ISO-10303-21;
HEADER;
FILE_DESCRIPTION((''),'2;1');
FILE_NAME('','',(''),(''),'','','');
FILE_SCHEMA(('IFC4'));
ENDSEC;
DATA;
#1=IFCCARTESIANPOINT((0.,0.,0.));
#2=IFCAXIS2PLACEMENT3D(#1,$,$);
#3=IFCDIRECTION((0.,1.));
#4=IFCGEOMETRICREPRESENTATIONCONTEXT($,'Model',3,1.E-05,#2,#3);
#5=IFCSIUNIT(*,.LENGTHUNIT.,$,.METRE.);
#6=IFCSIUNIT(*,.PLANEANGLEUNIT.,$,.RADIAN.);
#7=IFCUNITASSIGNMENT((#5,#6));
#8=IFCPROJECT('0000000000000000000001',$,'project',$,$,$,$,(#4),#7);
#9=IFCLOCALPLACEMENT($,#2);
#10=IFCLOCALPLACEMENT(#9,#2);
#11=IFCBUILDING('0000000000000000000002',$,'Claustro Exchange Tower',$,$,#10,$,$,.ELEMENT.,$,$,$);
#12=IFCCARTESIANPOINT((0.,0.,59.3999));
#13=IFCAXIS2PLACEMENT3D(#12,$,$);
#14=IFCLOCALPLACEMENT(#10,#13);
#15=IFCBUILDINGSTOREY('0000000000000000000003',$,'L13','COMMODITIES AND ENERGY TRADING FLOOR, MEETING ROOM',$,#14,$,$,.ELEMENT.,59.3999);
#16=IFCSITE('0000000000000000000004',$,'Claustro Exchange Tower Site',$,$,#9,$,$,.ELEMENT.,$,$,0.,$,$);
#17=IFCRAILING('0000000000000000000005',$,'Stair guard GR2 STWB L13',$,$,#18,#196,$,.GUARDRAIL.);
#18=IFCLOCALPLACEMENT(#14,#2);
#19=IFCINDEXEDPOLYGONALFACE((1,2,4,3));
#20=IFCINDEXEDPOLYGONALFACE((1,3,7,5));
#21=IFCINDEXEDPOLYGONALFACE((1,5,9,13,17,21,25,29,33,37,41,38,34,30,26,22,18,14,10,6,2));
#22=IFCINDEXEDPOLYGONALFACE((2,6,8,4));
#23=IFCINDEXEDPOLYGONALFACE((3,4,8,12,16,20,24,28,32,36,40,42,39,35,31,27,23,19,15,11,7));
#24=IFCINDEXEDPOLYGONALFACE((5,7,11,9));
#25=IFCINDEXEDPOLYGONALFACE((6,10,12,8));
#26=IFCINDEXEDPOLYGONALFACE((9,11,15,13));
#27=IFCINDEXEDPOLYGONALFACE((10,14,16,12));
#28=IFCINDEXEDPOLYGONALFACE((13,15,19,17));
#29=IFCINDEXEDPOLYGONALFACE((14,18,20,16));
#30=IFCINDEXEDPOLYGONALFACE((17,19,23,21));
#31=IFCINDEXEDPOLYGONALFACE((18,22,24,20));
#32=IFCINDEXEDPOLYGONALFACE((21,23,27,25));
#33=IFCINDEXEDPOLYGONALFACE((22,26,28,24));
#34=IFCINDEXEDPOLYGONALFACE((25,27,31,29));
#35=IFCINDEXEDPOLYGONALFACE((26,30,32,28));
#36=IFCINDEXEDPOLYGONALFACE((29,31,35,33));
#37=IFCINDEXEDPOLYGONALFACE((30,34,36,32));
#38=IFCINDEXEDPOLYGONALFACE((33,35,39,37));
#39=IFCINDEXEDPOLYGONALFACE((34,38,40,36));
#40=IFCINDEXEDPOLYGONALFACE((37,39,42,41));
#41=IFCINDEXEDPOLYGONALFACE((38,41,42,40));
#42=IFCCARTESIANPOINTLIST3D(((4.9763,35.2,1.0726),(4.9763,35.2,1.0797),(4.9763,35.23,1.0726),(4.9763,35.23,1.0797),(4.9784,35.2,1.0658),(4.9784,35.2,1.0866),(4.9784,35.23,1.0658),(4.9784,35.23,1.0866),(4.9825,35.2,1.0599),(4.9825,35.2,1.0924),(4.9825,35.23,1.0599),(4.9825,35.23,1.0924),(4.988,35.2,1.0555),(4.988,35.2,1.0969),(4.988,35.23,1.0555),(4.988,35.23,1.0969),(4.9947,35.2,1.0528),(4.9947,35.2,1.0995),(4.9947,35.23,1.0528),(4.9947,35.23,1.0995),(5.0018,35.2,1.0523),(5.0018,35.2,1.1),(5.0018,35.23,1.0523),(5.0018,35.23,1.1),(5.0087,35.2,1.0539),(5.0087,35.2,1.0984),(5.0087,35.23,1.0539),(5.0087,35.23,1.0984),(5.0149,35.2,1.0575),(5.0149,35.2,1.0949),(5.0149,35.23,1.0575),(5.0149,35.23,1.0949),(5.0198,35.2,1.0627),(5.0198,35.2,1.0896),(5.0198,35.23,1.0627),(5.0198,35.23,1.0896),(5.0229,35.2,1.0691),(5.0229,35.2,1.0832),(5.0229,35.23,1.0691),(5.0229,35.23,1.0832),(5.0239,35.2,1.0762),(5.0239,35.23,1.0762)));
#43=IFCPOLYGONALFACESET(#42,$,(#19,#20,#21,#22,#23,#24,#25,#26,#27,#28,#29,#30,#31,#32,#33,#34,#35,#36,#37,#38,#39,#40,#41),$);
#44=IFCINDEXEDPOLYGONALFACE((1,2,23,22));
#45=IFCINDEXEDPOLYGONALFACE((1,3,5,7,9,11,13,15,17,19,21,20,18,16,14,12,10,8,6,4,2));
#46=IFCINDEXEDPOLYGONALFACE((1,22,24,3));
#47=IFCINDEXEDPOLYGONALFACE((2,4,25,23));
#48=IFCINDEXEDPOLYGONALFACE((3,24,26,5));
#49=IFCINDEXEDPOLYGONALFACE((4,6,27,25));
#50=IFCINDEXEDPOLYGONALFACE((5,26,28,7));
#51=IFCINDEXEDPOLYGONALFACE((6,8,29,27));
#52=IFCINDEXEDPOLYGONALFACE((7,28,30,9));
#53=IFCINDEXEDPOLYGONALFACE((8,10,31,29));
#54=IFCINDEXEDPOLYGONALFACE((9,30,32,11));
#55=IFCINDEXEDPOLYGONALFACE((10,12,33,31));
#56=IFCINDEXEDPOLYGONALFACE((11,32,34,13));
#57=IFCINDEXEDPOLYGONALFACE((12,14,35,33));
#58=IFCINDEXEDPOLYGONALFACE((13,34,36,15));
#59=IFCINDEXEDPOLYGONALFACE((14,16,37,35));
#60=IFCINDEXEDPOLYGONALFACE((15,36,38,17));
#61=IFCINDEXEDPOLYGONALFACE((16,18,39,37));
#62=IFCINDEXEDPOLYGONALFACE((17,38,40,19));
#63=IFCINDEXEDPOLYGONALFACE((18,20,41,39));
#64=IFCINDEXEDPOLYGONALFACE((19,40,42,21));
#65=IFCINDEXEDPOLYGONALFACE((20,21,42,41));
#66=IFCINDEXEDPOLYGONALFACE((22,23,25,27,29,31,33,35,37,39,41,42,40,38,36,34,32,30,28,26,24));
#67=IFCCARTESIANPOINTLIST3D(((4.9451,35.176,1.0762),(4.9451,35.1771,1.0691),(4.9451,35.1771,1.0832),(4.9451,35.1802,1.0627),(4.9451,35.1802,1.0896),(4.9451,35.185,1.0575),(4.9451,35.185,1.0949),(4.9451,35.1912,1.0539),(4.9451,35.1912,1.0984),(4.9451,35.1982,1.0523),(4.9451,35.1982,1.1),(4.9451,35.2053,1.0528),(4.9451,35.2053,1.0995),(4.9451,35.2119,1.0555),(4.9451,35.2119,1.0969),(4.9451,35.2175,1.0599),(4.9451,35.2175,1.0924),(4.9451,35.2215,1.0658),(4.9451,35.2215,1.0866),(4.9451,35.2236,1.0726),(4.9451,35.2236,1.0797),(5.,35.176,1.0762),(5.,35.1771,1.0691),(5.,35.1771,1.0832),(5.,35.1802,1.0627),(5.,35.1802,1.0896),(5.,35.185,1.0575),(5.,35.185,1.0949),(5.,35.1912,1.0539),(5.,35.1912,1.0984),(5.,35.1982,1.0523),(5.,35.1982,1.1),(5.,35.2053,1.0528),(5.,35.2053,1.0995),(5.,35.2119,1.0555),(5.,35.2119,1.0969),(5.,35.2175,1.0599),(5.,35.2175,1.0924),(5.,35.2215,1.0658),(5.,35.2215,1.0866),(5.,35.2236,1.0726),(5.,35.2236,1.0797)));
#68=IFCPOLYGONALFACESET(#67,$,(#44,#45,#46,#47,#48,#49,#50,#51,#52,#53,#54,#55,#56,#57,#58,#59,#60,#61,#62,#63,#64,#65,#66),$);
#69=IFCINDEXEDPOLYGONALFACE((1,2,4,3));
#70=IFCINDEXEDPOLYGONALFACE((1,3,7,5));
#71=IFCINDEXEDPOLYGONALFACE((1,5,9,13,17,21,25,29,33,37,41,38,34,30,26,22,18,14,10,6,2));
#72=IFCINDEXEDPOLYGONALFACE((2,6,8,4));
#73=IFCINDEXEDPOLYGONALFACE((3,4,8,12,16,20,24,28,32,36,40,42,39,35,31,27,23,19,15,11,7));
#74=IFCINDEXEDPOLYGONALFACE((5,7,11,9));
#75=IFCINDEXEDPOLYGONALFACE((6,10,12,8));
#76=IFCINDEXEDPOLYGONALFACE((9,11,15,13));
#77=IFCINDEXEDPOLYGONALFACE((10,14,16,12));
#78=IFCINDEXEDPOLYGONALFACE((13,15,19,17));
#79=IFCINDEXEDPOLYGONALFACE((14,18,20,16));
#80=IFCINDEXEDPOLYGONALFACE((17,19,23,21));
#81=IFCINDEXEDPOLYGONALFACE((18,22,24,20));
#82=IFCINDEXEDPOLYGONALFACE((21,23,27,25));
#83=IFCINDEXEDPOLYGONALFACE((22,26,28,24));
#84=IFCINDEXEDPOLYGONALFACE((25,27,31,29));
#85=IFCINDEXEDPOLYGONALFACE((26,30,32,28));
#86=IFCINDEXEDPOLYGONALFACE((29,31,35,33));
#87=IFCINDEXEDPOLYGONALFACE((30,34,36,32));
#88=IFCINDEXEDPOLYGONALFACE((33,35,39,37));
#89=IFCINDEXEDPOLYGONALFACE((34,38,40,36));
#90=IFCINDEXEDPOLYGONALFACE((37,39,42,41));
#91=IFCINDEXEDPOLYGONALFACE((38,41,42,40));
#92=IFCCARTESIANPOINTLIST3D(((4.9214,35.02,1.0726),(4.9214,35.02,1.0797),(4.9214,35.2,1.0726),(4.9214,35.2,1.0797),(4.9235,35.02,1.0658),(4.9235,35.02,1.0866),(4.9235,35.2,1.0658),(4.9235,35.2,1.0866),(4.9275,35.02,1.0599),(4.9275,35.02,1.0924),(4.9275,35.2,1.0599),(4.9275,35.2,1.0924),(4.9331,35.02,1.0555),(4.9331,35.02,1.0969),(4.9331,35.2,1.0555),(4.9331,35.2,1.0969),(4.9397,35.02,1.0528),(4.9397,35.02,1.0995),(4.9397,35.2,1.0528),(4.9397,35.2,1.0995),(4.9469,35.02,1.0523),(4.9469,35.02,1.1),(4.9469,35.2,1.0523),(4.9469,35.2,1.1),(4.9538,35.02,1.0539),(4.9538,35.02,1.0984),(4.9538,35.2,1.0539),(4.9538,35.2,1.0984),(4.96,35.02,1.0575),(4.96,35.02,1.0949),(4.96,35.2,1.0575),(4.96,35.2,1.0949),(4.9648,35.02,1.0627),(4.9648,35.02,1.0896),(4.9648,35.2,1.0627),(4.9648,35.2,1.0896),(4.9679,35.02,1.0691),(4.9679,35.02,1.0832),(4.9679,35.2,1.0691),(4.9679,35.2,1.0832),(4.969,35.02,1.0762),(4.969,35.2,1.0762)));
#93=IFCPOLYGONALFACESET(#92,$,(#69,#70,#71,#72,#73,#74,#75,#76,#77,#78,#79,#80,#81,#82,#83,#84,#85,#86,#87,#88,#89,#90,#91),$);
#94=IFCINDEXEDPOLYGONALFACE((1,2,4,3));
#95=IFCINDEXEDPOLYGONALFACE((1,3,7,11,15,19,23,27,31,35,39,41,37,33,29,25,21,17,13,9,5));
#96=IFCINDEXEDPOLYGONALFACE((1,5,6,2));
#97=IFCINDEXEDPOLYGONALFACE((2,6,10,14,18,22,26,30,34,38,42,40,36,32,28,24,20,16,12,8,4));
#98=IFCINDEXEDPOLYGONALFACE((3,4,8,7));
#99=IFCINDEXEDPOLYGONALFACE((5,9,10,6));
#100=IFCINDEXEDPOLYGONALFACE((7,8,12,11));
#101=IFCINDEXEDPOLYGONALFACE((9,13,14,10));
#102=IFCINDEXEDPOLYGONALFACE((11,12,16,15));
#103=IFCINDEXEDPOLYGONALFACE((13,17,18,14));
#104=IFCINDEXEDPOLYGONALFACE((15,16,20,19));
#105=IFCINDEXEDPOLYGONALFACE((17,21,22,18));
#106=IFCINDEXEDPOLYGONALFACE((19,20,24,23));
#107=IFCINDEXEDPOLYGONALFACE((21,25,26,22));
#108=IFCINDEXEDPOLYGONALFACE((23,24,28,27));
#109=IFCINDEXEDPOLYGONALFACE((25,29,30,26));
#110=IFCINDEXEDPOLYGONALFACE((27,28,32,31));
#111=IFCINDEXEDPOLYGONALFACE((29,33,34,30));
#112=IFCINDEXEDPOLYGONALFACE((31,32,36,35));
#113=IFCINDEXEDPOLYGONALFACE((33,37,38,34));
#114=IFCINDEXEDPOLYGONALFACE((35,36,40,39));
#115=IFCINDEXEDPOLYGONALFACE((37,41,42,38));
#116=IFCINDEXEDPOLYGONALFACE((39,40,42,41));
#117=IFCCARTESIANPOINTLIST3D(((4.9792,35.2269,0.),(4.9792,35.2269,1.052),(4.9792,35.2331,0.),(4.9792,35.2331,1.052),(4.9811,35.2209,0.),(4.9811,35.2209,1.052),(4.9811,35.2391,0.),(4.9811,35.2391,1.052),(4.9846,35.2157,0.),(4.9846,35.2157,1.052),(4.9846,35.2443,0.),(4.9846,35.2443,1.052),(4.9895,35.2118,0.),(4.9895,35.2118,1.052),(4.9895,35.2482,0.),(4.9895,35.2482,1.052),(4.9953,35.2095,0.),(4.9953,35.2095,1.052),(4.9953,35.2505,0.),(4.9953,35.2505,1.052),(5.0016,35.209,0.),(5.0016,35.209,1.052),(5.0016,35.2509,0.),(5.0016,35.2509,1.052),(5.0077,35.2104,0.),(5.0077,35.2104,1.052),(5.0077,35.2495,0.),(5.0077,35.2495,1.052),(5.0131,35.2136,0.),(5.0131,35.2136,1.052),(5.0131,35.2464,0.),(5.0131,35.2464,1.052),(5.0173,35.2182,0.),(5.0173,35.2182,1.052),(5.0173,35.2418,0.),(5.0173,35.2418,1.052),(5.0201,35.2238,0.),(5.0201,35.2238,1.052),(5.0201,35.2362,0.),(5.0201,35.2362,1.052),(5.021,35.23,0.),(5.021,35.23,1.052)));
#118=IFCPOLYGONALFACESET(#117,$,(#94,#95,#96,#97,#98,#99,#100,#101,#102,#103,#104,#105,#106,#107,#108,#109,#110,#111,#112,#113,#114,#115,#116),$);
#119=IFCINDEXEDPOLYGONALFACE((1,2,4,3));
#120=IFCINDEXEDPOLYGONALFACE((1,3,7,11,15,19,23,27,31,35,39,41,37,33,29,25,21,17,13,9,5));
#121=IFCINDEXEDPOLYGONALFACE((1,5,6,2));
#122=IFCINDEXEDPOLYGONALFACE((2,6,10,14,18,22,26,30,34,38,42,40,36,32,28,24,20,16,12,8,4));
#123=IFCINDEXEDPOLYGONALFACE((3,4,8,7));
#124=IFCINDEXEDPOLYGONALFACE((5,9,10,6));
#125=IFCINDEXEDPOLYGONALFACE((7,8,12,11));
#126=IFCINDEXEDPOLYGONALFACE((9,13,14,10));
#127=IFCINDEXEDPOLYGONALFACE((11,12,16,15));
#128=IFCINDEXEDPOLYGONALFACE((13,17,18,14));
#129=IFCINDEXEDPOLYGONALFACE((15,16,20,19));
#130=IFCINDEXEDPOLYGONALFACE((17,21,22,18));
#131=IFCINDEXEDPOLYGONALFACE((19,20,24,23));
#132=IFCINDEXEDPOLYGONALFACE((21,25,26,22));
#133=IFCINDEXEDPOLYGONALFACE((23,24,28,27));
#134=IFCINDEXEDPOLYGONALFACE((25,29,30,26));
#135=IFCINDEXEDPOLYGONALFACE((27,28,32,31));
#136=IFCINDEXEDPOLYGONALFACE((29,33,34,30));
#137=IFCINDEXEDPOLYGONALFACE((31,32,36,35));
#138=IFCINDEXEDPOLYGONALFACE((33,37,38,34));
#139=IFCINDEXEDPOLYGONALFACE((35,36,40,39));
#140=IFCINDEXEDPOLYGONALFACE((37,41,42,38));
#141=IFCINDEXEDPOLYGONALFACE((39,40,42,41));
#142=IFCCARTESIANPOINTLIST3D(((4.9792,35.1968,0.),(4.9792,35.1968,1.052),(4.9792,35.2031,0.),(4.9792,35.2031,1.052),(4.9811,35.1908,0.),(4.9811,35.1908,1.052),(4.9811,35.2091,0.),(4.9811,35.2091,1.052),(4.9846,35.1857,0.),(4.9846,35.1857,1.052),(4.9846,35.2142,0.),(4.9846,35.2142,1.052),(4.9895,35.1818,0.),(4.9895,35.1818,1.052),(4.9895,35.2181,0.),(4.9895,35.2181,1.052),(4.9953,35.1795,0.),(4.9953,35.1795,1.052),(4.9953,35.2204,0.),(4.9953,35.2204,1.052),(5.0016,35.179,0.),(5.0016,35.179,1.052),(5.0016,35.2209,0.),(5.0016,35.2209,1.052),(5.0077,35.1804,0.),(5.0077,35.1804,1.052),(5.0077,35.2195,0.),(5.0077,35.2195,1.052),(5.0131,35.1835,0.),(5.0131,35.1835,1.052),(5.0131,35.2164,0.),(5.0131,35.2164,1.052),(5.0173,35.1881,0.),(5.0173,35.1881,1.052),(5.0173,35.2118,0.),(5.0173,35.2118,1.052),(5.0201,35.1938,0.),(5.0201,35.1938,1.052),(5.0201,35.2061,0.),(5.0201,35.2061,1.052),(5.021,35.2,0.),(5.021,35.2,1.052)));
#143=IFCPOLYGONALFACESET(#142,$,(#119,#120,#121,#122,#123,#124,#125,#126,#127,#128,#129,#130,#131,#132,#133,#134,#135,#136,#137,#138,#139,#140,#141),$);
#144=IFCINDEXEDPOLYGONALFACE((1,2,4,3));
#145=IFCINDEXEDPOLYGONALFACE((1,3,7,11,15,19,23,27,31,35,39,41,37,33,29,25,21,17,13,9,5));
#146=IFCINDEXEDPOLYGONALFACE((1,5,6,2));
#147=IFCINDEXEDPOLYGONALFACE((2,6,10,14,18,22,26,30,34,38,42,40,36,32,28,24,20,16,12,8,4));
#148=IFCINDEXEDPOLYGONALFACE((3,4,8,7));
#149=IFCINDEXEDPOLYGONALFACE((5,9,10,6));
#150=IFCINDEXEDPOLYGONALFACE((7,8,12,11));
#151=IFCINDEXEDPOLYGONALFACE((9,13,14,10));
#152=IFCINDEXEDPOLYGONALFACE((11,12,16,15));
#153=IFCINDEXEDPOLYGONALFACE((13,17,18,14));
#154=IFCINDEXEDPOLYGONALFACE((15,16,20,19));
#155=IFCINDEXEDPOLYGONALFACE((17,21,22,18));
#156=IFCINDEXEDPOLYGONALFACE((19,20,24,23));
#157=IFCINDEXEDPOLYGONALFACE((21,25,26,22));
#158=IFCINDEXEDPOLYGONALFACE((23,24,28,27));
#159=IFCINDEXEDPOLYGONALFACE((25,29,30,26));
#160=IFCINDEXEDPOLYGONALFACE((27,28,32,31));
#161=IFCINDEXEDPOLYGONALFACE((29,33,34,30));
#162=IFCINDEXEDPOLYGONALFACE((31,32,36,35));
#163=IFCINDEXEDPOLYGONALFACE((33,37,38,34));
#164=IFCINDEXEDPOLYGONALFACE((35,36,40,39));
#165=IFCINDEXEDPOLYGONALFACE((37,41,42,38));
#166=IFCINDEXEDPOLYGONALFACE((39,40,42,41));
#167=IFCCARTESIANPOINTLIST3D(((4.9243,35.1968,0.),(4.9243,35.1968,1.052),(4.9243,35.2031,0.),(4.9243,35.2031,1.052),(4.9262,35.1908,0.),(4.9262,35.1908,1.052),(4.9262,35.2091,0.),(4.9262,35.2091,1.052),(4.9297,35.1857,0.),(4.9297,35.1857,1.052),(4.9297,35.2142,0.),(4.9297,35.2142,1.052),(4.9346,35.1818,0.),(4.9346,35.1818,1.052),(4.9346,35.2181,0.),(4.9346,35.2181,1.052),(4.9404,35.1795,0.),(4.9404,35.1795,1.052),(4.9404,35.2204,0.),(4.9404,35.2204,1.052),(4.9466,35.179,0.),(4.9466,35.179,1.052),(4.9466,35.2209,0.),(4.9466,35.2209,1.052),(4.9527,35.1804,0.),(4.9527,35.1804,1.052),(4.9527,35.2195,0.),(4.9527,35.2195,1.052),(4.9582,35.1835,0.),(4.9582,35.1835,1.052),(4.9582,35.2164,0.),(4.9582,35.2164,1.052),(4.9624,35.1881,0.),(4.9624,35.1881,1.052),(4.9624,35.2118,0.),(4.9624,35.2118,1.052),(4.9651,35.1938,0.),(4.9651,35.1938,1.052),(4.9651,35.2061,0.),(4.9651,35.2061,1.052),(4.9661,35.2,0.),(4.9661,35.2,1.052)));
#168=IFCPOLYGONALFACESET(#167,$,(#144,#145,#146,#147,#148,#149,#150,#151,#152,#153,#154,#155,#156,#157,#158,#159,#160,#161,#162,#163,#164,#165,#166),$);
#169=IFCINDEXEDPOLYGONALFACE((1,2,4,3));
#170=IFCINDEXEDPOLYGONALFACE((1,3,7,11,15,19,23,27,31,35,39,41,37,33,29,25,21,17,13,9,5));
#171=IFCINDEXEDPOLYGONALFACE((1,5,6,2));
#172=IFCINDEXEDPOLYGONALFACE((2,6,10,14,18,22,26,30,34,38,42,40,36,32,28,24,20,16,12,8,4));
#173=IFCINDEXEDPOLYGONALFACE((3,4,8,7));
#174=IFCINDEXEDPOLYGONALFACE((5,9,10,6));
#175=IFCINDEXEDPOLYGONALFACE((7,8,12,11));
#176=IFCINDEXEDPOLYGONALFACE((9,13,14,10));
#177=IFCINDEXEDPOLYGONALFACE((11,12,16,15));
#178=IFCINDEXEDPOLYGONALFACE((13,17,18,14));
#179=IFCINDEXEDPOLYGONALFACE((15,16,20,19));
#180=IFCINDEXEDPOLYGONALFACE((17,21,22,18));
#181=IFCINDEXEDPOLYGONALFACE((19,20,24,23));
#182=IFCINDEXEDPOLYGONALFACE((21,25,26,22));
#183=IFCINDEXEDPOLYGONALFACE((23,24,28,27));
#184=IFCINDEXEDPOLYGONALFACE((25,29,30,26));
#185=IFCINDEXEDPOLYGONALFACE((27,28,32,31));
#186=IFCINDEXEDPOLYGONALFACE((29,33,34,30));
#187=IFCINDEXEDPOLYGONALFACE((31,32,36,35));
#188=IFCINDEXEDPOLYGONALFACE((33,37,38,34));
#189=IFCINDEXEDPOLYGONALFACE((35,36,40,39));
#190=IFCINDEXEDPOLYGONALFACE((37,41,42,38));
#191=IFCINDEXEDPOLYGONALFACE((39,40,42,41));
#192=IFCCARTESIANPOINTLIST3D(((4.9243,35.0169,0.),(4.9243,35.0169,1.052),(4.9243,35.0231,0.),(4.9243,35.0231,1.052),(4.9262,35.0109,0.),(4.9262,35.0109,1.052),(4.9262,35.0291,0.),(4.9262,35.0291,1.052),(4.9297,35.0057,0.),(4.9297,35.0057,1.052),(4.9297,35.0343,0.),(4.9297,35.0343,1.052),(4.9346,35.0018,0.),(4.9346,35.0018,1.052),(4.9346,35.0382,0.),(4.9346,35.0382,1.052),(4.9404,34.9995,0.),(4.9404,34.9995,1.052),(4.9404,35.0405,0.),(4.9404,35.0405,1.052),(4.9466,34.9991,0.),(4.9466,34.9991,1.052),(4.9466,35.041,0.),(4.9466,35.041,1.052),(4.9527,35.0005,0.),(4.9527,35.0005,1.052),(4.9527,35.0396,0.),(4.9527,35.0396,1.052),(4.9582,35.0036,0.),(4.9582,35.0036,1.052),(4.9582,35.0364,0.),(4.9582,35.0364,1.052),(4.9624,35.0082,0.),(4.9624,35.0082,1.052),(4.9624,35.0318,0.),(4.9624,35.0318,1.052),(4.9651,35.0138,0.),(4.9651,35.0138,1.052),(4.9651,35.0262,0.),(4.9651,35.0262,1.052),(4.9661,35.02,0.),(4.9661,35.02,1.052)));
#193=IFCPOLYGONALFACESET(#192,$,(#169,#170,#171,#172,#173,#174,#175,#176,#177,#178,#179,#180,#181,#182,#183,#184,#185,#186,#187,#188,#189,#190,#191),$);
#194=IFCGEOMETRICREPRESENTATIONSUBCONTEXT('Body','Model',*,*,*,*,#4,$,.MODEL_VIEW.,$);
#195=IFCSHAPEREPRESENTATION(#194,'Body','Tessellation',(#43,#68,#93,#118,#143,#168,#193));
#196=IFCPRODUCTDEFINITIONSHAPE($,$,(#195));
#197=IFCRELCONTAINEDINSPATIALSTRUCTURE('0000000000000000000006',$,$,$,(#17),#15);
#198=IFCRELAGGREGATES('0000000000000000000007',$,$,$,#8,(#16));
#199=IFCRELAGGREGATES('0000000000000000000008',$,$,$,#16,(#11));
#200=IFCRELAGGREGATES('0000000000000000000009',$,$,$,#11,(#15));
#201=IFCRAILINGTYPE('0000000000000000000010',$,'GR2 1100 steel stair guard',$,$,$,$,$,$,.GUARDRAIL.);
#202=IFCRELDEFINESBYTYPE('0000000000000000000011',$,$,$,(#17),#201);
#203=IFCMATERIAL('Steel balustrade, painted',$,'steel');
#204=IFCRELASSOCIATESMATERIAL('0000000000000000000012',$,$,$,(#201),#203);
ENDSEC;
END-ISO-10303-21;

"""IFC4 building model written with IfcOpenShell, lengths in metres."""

from ifc_helpers import new_model, si_unit, direction, frame, origin, origin_2d, place, context, subcontext, project, spatial, circle, extrude, material, type_object, element, save


model = new_model("IFC4")

# Units and contexts
model_context = context("Model", 3, precision=1e-05, world=origin(), true_north=direction((0.0, 1.0)))
body_context = subcontext(model_context, "Body", "Model", "MODEL_VIEW")
ifc_project = project(units=[si_unit("LENGTHUNIT", "METRE"), si_unit("PLANEANGLEUNIT", "RADIAN")], contexts=[model_context])

# Site, building, storey
site_placement = place(None, origin())
site = spatial("IfcSite", under=ifc_project, at=site_placement, Name="Claustro Exchange Tower Site", CompositionType="ELEMENT", RefElevation=0.0)
building_placement = place(site_placement, origin())
building = spatial("IfcBuilding", under=site, at=building_placement, Name="Claustro Exchange Tower", CompositionType="ELEMENT")
storey_placement = place(building_placement, frame((0.0, 0.0, 59.3999)))
storey = spatial("IfcBuildingStorey", under=building, at=storey_placement, Name="L13", Description="COMMODITIES AND ENERGY TRADING FLOOR, MEETING ROOM", CompositionType="ELEMENT", Elevation=59.3999)

# Railing
ifc_material_1 = material(Name="Steel balustrade, painted", Category="steel")
railing_type_1 = type_object("IfcRailingType", Name="GR2 1100 steel stair guard", PredefinedType="GUARDRAIL", material=ifc_material_1)
railing_1_placement = place(storey_placement, frame((5.0, 35.23, 0.0)))
element("IfcRailing", 1, at=railing_1_placement, inside=storey, type_object=railing_type_1, Name="Stair guard GR2 STWB L13", PredefinedType="GUARDRAIL", context=body_context, shape_type="SweptSolid", body=[
    extrude(circle(Radius=0.0239, at=origin_2d()), frame((0.0, 0.0, 1.0762), z_axis=(0.0, -1.0, 0.0), x_axis=(1.0, 0.0, 0.0)), (0.0, 0.0, 1.0), 0.03),
    extrude(circle(Radius=0.0239, at=origin_2d()), frame((0.0, -0.03, 1.0762), z_axis=(-1.0, 0.0, 0.0), x_axis=(0.0, -1.0, 0.0)), (0.0, 0.0, 1.0), 0.0549),
    extrude(circle(Radius=0.0239, at=origin_2d()), frame((-0.0549, -0.03, 1.0762), z_axis=(0.0, -1.0, 0.0), x_axis=(1.0, 0.0, 0.0)), (0.0, 0.0, 1.0), 0.1799),
    extrude(circle(Radius=0.021, at=origin_2d()), origin(), (0.0, 0.0, 1.0), 1.052),
    extrude(circle(Radius=0.021, at=origin_2d()), frame((0.0, -0.03, 0.0)), (0.0, 0.0, 1.0), 1.052),
    extrude(circle(Radius=0.021, at=origin_2d()), frame((-0.0549, -0.03, 0.0)), (0.0, 0.0, 1.0), 1.052),
    extrude(circle(Radius=0.021, at=origin_2d()), frame((-0.0549, -0.21, 0.0)), (0.0, 0.0, 1.0), 1.052),
])

save(model, "model.ifc")
